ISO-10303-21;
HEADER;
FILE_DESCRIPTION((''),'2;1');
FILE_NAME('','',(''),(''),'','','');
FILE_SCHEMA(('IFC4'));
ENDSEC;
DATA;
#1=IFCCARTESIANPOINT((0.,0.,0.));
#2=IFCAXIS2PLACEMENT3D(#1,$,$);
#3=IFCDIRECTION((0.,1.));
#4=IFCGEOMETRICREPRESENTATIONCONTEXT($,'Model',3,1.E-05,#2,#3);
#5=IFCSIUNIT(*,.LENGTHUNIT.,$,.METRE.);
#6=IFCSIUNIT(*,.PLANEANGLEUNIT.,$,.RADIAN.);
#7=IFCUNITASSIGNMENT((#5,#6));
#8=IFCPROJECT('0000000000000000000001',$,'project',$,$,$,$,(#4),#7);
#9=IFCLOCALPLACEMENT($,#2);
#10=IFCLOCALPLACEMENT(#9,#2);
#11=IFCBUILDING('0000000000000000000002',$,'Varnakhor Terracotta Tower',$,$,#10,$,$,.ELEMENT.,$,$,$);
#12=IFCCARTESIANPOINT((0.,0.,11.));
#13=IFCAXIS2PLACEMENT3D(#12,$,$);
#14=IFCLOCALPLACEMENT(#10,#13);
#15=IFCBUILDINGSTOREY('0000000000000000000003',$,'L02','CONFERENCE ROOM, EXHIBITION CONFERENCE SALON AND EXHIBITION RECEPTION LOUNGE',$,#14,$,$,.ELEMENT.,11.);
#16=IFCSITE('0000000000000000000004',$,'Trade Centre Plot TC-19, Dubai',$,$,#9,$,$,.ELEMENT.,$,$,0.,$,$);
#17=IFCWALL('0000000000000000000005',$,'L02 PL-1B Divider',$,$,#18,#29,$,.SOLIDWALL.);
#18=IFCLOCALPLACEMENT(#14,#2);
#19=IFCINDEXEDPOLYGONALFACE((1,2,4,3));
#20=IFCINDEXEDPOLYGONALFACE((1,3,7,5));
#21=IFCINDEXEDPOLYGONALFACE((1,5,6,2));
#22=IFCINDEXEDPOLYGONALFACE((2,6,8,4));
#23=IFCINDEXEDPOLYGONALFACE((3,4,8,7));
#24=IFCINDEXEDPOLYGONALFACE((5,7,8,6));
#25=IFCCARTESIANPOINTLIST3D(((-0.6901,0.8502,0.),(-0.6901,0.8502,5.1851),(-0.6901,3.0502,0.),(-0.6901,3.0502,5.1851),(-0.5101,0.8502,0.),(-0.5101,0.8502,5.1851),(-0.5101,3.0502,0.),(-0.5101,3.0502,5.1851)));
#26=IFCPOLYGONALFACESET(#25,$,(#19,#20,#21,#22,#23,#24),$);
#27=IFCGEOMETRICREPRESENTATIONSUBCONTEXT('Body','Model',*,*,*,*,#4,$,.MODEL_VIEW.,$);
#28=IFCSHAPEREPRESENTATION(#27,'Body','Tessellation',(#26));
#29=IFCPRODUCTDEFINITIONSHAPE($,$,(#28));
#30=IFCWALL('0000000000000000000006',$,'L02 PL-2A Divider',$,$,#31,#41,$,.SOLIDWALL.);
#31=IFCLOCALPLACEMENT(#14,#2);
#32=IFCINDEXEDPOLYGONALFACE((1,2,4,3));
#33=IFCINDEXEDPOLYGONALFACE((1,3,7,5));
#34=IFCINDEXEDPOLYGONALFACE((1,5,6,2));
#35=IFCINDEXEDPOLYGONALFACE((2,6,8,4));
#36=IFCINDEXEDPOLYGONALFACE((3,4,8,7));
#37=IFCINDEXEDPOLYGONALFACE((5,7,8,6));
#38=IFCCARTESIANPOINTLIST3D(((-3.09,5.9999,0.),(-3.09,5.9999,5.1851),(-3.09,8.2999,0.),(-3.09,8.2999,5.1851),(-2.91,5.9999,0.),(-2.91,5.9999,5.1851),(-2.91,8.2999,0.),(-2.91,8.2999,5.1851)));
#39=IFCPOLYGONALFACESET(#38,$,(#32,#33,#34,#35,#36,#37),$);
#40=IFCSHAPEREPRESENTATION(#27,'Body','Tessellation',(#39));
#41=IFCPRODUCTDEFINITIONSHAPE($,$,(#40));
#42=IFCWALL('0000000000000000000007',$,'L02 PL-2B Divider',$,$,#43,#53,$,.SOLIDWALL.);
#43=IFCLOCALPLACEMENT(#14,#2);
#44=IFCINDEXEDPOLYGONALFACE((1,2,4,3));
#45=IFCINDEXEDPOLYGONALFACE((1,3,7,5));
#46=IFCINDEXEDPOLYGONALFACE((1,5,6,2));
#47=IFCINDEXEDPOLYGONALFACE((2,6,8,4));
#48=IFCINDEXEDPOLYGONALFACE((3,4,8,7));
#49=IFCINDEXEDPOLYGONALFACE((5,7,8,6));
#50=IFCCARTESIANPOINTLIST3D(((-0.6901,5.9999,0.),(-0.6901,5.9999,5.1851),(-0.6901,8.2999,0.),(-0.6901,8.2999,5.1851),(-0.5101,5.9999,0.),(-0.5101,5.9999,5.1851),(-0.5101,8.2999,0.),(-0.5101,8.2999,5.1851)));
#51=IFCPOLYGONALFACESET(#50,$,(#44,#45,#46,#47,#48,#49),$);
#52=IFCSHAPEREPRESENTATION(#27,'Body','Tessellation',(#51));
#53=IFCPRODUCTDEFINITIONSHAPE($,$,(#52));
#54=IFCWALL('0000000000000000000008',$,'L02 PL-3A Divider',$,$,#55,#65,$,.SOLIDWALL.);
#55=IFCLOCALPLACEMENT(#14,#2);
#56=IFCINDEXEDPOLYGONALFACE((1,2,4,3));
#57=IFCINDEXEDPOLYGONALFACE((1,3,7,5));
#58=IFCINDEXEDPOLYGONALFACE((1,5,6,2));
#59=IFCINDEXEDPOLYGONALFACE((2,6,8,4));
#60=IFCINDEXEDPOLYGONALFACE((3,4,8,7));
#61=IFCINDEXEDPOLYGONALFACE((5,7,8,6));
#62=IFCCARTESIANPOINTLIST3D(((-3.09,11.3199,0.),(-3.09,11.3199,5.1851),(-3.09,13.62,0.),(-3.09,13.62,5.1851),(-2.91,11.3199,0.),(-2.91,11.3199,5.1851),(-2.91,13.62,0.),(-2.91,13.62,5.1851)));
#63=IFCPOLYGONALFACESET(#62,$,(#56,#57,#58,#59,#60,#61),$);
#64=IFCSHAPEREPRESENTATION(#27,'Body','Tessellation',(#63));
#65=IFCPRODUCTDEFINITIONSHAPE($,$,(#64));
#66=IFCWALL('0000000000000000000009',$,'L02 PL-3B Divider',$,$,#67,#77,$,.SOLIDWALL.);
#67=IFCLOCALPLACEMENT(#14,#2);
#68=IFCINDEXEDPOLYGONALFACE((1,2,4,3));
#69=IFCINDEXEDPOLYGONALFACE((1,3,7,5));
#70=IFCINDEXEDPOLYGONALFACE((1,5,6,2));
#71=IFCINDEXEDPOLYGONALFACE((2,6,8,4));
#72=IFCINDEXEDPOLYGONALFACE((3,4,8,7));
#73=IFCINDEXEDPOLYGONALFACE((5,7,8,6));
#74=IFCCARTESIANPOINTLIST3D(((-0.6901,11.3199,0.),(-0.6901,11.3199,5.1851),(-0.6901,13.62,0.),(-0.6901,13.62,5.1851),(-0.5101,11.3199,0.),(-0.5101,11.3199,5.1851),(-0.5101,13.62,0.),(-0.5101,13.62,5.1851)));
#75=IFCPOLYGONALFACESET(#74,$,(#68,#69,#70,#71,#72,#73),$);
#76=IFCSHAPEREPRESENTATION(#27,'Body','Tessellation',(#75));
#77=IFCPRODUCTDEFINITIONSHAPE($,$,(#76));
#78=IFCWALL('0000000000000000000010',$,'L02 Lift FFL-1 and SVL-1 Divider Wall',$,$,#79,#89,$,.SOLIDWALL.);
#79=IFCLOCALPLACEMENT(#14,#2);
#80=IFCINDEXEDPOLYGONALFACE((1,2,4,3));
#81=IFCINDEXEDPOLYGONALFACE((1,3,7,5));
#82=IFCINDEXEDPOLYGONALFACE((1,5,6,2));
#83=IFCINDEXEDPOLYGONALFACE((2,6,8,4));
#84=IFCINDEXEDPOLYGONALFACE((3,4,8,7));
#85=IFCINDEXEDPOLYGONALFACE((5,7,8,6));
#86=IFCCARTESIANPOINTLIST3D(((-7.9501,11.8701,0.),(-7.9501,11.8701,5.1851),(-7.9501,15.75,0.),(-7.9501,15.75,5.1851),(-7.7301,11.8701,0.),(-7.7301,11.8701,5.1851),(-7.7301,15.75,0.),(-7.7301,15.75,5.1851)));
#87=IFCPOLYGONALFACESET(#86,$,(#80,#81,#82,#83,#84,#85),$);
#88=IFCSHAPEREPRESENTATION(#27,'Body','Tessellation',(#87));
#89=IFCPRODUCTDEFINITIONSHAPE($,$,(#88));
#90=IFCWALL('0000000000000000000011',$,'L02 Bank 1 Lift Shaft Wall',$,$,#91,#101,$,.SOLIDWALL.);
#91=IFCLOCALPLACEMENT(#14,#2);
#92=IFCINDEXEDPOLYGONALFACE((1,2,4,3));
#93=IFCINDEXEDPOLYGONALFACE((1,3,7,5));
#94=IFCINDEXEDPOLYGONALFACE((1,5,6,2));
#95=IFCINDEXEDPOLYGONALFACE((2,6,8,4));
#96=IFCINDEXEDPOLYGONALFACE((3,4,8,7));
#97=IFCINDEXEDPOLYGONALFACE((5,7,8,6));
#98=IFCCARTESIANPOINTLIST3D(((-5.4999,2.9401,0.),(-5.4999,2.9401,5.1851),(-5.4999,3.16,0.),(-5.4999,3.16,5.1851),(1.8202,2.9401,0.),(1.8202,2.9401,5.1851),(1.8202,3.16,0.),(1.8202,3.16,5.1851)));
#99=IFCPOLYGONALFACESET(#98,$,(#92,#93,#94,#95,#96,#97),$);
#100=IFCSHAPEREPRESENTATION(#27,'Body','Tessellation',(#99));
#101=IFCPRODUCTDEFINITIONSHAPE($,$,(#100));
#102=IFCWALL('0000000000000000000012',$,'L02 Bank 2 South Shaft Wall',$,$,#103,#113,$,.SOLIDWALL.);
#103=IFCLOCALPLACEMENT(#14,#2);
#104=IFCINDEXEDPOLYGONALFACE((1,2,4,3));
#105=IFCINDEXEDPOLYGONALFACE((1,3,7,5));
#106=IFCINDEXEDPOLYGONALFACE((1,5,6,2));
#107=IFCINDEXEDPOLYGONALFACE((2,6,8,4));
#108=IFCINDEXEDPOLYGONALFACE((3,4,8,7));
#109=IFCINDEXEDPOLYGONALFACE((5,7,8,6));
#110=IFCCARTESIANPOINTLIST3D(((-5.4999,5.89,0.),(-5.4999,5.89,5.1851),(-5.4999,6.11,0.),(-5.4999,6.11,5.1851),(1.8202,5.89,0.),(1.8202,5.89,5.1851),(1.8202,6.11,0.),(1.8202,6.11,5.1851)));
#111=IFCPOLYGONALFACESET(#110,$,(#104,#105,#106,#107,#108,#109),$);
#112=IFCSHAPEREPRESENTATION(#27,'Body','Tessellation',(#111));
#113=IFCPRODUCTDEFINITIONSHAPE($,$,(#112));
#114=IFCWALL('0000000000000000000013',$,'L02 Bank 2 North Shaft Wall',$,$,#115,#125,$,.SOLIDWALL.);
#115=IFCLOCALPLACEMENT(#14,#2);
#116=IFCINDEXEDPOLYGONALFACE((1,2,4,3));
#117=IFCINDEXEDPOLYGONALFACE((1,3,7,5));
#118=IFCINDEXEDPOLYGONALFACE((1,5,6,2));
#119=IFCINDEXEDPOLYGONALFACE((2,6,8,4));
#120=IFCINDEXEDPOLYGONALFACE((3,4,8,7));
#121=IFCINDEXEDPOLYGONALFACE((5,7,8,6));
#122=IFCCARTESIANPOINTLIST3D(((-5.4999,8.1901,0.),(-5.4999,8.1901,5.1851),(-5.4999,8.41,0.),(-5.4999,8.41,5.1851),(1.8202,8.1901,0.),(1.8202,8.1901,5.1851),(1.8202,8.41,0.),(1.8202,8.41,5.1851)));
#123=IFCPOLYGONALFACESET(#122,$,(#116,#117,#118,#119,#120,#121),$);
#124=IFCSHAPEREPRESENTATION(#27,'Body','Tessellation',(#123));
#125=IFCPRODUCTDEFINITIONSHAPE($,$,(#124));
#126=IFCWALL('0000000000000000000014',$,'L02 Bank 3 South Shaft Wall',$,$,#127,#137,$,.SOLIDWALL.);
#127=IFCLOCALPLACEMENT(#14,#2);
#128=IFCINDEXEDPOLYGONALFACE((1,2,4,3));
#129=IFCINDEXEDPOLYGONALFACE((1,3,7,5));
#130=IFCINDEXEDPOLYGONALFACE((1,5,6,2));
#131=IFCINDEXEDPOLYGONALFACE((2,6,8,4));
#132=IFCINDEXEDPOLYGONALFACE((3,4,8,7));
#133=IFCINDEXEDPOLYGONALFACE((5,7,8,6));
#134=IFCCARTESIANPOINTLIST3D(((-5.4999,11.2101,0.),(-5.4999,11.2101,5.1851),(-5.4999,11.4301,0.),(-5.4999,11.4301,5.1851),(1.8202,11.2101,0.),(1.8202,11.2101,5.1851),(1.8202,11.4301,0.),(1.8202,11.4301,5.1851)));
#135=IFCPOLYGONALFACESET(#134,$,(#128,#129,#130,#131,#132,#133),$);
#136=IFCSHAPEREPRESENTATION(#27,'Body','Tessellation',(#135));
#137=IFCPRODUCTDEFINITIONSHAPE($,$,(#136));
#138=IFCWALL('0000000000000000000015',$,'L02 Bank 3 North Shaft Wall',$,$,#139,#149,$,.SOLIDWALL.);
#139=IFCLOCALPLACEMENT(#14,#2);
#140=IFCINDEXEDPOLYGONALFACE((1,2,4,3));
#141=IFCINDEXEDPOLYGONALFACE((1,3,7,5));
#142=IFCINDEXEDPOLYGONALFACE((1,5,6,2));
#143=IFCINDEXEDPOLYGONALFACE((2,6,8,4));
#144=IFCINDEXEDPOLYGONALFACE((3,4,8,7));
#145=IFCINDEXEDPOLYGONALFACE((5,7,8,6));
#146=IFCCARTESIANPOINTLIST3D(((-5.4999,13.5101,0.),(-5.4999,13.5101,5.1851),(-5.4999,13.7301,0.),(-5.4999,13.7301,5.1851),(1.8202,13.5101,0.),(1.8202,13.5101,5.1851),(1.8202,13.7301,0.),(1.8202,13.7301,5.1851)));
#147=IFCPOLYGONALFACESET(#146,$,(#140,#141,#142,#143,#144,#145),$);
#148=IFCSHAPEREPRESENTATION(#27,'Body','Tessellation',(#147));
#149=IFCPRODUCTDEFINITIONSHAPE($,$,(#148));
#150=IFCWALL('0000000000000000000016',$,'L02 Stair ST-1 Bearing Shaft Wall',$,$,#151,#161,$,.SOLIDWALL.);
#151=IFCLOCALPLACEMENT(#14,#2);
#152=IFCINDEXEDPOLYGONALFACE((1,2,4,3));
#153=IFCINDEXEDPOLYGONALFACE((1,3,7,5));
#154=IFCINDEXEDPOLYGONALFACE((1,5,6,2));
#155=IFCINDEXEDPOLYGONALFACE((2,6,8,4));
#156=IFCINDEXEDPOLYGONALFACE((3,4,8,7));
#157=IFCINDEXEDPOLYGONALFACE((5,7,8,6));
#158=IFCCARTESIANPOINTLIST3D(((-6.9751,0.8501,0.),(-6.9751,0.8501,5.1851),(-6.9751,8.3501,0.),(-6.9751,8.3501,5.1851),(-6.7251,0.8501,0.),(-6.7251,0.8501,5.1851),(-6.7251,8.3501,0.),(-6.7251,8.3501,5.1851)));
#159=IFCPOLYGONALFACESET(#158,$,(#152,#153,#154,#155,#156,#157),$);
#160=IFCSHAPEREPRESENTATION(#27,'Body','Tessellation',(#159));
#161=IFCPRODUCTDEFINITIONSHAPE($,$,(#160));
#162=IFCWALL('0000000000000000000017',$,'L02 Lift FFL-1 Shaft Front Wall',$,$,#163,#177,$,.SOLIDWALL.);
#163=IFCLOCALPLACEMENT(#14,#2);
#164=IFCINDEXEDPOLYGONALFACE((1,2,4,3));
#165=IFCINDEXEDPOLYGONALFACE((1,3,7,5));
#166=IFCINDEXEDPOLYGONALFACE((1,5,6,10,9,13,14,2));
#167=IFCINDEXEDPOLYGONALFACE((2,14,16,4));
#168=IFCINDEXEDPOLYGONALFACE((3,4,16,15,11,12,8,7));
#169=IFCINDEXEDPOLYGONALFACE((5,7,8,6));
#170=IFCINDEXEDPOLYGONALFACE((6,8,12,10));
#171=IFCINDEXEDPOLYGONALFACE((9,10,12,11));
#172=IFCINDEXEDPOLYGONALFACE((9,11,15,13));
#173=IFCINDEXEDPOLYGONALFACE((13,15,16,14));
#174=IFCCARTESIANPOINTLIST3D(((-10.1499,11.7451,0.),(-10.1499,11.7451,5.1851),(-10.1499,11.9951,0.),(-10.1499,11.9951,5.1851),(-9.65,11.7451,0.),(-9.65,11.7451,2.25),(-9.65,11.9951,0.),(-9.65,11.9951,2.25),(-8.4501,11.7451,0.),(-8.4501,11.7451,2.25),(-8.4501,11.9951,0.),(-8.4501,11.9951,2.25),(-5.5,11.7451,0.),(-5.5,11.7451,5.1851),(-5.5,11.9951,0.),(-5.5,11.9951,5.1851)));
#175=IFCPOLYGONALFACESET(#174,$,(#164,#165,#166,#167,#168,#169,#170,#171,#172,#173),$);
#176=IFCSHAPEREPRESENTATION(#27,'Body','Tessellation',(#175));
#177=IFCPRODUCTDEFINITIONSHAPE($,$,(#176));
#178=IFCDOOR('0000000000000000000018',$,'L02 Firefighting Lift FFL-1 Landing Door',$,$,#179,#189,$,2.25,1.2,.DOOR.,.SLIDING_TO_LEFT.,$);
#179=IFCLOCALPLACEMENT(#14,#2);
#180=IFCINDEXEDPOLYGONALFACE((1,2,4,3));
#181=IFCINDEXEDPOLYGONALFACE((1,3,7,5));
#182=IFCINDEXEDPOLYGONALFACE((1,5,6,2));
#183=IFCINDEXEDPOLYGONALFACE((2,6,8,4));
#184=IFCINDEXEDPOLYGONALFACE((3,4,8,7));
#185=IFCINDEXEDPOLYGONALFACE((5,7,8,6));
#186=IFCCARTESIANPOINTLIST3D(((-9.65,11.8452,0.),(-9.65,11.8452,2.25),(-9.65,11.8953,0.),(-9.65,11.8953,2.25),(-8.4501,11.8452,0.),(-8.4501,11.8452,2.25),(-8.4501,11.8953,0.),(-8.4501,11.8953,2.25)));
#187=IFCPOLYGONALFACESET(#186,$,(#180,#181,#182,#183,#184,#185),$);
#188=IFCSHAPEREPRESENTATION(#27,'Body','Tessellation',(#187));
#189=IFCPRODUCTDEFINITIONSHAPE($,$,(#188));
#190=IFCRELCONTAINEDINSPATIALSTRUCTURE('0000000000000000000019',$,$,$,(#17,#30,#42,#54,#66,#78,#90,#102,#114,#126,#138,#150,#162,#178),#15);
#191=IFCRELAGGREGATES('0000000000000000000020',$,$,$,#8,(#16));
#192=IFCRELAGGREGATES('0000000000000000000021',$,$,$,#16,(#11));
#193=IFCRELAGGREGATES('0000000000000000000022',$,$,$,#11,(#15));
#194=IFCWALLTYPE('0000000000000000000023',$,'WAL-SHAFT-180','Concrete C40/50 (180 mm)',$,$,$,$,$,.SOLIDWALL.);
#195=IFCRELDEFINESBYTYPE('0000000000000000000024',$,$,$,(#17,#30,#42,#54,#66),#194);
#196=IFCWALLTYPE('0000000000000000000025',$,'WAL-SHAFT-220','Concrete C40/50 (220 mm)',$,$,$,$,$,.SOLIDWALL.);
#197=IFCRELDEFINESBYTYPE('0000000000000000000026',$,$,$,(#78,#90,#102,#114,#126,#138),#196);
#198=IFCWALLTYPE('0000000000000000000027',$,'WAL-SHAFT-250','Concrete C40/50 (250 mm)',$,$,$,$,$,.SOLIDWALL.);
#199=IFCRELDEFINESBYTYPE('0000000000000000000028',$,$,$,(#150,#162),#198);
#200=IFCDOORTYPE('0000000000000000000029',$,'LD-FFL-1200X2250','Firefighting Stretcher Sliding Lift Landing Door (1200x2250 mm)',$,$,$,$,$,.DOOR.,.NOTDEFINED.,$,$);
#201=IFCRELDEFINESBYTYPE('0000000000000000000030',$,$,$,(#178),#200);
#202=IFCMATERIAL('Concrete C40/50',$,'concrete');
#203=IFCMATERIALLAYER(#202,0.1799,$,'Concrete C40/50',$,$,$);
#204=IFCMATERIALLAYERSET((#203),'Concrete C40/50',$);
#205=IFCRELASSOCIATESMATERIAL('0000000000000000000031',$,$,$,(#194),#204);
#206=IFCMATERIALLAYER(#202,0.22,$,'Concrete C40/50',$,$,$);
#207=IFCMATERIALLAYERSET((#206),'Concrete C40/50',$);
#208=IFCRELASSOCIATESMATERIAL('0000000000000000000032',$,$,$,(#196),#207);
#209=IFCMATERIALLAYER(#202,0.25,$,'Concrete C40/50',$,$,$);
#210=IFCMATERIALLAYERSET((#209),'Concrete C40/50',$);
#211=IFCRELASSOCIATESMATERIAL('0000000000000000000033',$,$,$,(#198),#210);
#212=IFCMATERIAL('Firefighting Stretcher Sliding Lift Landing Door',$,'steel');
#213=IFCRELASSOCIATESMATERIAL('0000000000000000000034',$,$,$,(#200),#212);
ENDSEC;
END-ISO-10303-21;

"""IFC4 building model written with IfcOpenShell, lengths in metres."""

from ifc_helpers import new_model, si_unit, direction, frame, frame_2d, origin, place, context, subcontext, project, spatial, rectangle, extrude, source, transform, mapped, material, layer, layer_set, type_object, type_shapes, element, fill, save


model = new_model("IFC4")

# Units and contexts
model_context = context("Model", 3, precision=1e-05, world=origin(), true_north=direction((0.0, 1.0)))
body_context = subcontext(model_context, "Body", "Model", "MODEL_VIEW")
ifc_project = project(units=[si_unit("LENGTHUNIT", "METRE"), si_unit("PLANEANGLEUNIT", "RADIAN")], contexts=[model_context])

# Site, building, storey
site_placement = place(None, origin())
site = spatial("IfcSite", under=ifc_project, at=site_placement, Name="Trade Centre Plot TC-19, Dubai", CompositionType="ELEMENT", RefElevation=0.0)
building_placement = place(site_placement, origin())
building = spatial("IfcBuilding", under=site, at=building_placement, Name="Varnakhor Terracotta Tower", CompositionType="ELEMENT")
storey_placement = place(building_placement, frame((0.0, 0.0, 11.0)))
storey = spatial("IfcBuildingStorey", under=building, at=storey_placement, Name="L02", Description="CONFERENCE ROOM, EXHIBITION CONFERENCE SALON AND EXHIBITION RECEPTION LOUNGE", CompositionType="ELEMENT", Elevation=11.0)

# Shared definitions
ifc_material_1 = material(Name="Concrete C40/50", Category="concrete")

# Walls
ifc_layer_1 = layer(ifc_material_1, 0.1799, Name="Concrete C40/50")
ifc_layer_set_1 = layer_set([ifc_layer_1], Name="Concrete C40/50")
wall_type_1 = type_object("IfcWallType", Name="WAL-SHAFT-180", Description="Concrete C40/50 (180 mm)", PredefinedType="SOLIDWALL", material=ifc_layer_set_1)
for number, where, z_axis, x_axis, name in (
    (1, (-0.6001, 0.8501, 0.0), (0.0, 0.0, 1.0), (0.0, 1.0, 0.0), "L02 PL-1B Divider"),
):
    element("IfcWall", number, at=place(storey_placement, frame(where, z_axis=z_axis, x_axis=x_axis)), inside=storey, type_object=wall_type_1, Name=name, PredefinedType="SOLIDWALL", context=body_context, shape_type="SweptSolid", body=[
        extrude(rectangle(XDim=2.2, YDim=0.1799, at=frame_2d((1.1001, 0.0))), origin(), (0.0, 0.0, 1.0), 5.1851),
    ])
for number, where, z_axis, x_axis, name in (
    (2, (-3.0, 6.0, 0.0), (0.0, 0.0, 1.0), (0.0, 1.0, 0.0), "L02 PL-2A Divider"),
    (3, (-0.6001, 6.0, 0.0), (0.0, 0.0, 1.0), (0.0, 1.0, 0.0), "L02 PL-2B Divider"),
    (4, (-3.0, 11.3201, 0.0), (0.0, 0.0, 1.0), (0.0, 1.0, 0.0), "L02 PL-3A Divider"),
    (5, (-0.6001, 11.3201, 0.0), (0.0, 0.0, 1.0), (0.0, 1.0, 0.0), "L02 PL-3B Divider"),
):
    element("IfcWall", number, at=place(storey_placement, frame(where, z_axis=z_axis, x_axis=x_axis)), inside=storey, type_object=wall_type_1, Name=name, PredefinedType="SOLIDWALL", context=body_context, shape_type="SweptSolid", body=[
        extrude(rectangle(XDim=2.3, YDim=0.1799, at=frame_2d((1.1499, 0.0))), origin(), (0.0, 0.0, 1.0), 5.1851),
    ])
ifc_layer_2 = layer(ifc_material_1, 0.22, Name="Concrete C40/50")
ifc_layer_set_2 = layer_set([ifc_layer_2], Name="Concrete C40/50")
wall_type_2 = type_object("IfcWallType", Name="WAL-SHAFT-220", Description="Concrete C40/50 (220 mm)", PredefinedType="SOLIDWALL", material=ifc_layer_set_2)
wall_1_placement = place(storey_placement, frame((-7.8401, 11.8701, 0.0), z_axis=(0.0, 0.0, 1.0), x_axis=(0.0, 1.0, 0.0)))
element("IfcWall", 6, at=wall_1_placement, inside=storey, type_object=wall_type_2, Name="L02 Lift FFL-1 and SVL-1 Divider Wall", PredefinedType="SOLIDWALL", context=body_context, shape_type="SweptSolid", body=[
    extrude(rectangle(XDim=3.8799, YDim=0.22, at=frame_2d((1.9399, 0.0))), origin(), (0.0, 0.0, 1.0), 5.1851),
])
for number, where, z_axis, x_axis, name in (
    (7, (-5.5, 3.05, 0.0), (0.0, 0.0, 1.0), (1.0, 0.0, 0.0), "L02 Bank 1 Lift Shaft Wall"),
    (8, (-5.5, 6.0, 0.0), (0.0, 0.0, 1.0), (1.0, 0.0, 0.0), "L02 Bank 2 South Shaft Wall"),
    (9, (-5.5, 8.3, 0.0), (0.0, 0.0, 1.0), (1.0, 0.0, 0.0), "L02 Bank 2 North Shaft Wall"),
    (10, (-5.5, 11.3201, 0.0), (0.0, 0.0, 1.0), (1.0, 0.0, 0.0), "L02 Bank 3 South Shaft Wall"),
    (11, (-5.5, 13.6201, 0.0), (0.0, 0.0, 1.0), (1.0, 0.0, 0.0), "L02 Bank 3 North Shaft Wall"),
):
    element("IfcWall", number, at=place(storey_placement, frame(where, z_axis=z_axis, x_axis=x_axis)), inside=storey, type_object=wall_type_2, Name=name, PredefinedType="SOLIDWALL", context=body_context, shape_type="SweptSolid", body=[
        extrude(rectangle(XDim=7.3201, YDim=0.22, at=frame_2d((3.6602, 0.0))), origin(), (0.0, 0.0, 1.0), 5.1851),
    ])
ifc_layer_3 = layer(ifc_material_1, 0.25, Name="Concrete C40/50")
ifc_layer_set_3 = layer_set([ifc_layer_3], Name="Concrete C40/50")
wall_type_3 = type_object("IfcWallType", Name="WAL-SHAFT-250", Description="Concrete C40/50 (250 mm)", PredefinedType="SOLIDWALL", material=ifc_layer_set_3)
wall_2_placement = place(storey_placement, frame((-6.8501, 0.8501, 0.0), z_axis=(0.0, 0.0, 1.0), x_axis=(0.0, 1.0, 0.0)))
element("IfcWall", 12, at=wall_2_placement, inside=storey, type_object=wall_type_3, Name="L02 Stair ST-1 Bearing Shaft Wall", PredefinedType="SOLIDWALL", context=body_context, shape_type="SweptSolid", body=[
    extrude(rectangle(XDim=7.5, YDim=0.25, at=frame_2d((3.75, 0.0))), origin(), (0.0, 0.0, 1.0), 5.1851),
])

# Wall, opening, door
wall_3_placement = place(storey_placement, frame((-5.5, 11.8701, 0.0), z_axis=(0.0, 0.0, 1.0), x_axis=(-1.0, 0.0, 0.0)))
wall_3 = element("IfcWall", 13, at=wall_3_placement, inside=storey, type_object=wall_type_3, Name="L02 Lift FFL-1 Shaft Front Wall", PredefinedType="SOLIDWALL", context=body_context, shape_type="SweptSolid", body=[
    extrude(rectangle(XDim=4.6499, YDim=0.25, at=frame_2d((2.325, 0.0))), origin(), (0.0, 0.0, 1.0), 5.1851),
])
opening_1_placement = place(wall_3_placement, frame((2.95, 0.0, 0.0)))
opening_1 = element("IfcOpeningElement", 14, at=opening_1_placement, cuts=wall_3, PredefinedType="OPENING", context=body_context, shape_type="SweptSolid", body=[
    extrude(rectangle(XDim=1.2, YDim=2.25, at=frame_2d((0.6001, 1.125))), frame((0.0, 0.135, 0.0), z_axis=(0.0, -1.0, 0.0), x_axis=(1.0, 0.0, 0.0)), (0.0, 0.0, 1.0), 0.27),
])
ifc_material_2 = material(Name="Firefighting Stretcher Sliding Lift Landing Door", Category="steel")
door_type_1 = type_object("IfcDoorType", Name="LD-FFL-1200X2250", Description="Firefighting Stretcher Sliding Lift Landing Door (1200x2250 mm)", OperationType="NOTDEFINED", PredefinedType="DOOR", material=ifc_material_2)
shared_shape_1 = source(origin(), body_context, "Body", "SweptSolid", [
    extrude(rectangle(XDim=1.2, YDim=2.25, at=frame_2d((0.6001, 1.125))), frame((0.0, 0.0249, 0.0), z_axis=(0.0, -1.0, 0.0), x_axis=(1.0, 0.0, 0.0)), (0.0, 0.0, 1.0), 0.05),
])
type_shapes(door_type_1, [shared_shape_1])
door_1_placement = place(opening_1_placement, origin())
door_1 = element("IfcDoor", 15, at=door_1_placement, inside=storey, type_object=door_type_1, Name="L02 Firefighting Lift FFL-1 Landing Door", OperationType="SLIDING_TO_LEFT", OverallHeight=2.25, OverallWidth=1.2, PredefinedType="DOOR", context=body_context, shape_type="MappedRepresentation", body=[
    mapped(shared_shape_1, transform((0.0, 0.0, 0.0), scale=1.0)),
])
fill(opening_1, door_1)

save(model, "model.ifc")
